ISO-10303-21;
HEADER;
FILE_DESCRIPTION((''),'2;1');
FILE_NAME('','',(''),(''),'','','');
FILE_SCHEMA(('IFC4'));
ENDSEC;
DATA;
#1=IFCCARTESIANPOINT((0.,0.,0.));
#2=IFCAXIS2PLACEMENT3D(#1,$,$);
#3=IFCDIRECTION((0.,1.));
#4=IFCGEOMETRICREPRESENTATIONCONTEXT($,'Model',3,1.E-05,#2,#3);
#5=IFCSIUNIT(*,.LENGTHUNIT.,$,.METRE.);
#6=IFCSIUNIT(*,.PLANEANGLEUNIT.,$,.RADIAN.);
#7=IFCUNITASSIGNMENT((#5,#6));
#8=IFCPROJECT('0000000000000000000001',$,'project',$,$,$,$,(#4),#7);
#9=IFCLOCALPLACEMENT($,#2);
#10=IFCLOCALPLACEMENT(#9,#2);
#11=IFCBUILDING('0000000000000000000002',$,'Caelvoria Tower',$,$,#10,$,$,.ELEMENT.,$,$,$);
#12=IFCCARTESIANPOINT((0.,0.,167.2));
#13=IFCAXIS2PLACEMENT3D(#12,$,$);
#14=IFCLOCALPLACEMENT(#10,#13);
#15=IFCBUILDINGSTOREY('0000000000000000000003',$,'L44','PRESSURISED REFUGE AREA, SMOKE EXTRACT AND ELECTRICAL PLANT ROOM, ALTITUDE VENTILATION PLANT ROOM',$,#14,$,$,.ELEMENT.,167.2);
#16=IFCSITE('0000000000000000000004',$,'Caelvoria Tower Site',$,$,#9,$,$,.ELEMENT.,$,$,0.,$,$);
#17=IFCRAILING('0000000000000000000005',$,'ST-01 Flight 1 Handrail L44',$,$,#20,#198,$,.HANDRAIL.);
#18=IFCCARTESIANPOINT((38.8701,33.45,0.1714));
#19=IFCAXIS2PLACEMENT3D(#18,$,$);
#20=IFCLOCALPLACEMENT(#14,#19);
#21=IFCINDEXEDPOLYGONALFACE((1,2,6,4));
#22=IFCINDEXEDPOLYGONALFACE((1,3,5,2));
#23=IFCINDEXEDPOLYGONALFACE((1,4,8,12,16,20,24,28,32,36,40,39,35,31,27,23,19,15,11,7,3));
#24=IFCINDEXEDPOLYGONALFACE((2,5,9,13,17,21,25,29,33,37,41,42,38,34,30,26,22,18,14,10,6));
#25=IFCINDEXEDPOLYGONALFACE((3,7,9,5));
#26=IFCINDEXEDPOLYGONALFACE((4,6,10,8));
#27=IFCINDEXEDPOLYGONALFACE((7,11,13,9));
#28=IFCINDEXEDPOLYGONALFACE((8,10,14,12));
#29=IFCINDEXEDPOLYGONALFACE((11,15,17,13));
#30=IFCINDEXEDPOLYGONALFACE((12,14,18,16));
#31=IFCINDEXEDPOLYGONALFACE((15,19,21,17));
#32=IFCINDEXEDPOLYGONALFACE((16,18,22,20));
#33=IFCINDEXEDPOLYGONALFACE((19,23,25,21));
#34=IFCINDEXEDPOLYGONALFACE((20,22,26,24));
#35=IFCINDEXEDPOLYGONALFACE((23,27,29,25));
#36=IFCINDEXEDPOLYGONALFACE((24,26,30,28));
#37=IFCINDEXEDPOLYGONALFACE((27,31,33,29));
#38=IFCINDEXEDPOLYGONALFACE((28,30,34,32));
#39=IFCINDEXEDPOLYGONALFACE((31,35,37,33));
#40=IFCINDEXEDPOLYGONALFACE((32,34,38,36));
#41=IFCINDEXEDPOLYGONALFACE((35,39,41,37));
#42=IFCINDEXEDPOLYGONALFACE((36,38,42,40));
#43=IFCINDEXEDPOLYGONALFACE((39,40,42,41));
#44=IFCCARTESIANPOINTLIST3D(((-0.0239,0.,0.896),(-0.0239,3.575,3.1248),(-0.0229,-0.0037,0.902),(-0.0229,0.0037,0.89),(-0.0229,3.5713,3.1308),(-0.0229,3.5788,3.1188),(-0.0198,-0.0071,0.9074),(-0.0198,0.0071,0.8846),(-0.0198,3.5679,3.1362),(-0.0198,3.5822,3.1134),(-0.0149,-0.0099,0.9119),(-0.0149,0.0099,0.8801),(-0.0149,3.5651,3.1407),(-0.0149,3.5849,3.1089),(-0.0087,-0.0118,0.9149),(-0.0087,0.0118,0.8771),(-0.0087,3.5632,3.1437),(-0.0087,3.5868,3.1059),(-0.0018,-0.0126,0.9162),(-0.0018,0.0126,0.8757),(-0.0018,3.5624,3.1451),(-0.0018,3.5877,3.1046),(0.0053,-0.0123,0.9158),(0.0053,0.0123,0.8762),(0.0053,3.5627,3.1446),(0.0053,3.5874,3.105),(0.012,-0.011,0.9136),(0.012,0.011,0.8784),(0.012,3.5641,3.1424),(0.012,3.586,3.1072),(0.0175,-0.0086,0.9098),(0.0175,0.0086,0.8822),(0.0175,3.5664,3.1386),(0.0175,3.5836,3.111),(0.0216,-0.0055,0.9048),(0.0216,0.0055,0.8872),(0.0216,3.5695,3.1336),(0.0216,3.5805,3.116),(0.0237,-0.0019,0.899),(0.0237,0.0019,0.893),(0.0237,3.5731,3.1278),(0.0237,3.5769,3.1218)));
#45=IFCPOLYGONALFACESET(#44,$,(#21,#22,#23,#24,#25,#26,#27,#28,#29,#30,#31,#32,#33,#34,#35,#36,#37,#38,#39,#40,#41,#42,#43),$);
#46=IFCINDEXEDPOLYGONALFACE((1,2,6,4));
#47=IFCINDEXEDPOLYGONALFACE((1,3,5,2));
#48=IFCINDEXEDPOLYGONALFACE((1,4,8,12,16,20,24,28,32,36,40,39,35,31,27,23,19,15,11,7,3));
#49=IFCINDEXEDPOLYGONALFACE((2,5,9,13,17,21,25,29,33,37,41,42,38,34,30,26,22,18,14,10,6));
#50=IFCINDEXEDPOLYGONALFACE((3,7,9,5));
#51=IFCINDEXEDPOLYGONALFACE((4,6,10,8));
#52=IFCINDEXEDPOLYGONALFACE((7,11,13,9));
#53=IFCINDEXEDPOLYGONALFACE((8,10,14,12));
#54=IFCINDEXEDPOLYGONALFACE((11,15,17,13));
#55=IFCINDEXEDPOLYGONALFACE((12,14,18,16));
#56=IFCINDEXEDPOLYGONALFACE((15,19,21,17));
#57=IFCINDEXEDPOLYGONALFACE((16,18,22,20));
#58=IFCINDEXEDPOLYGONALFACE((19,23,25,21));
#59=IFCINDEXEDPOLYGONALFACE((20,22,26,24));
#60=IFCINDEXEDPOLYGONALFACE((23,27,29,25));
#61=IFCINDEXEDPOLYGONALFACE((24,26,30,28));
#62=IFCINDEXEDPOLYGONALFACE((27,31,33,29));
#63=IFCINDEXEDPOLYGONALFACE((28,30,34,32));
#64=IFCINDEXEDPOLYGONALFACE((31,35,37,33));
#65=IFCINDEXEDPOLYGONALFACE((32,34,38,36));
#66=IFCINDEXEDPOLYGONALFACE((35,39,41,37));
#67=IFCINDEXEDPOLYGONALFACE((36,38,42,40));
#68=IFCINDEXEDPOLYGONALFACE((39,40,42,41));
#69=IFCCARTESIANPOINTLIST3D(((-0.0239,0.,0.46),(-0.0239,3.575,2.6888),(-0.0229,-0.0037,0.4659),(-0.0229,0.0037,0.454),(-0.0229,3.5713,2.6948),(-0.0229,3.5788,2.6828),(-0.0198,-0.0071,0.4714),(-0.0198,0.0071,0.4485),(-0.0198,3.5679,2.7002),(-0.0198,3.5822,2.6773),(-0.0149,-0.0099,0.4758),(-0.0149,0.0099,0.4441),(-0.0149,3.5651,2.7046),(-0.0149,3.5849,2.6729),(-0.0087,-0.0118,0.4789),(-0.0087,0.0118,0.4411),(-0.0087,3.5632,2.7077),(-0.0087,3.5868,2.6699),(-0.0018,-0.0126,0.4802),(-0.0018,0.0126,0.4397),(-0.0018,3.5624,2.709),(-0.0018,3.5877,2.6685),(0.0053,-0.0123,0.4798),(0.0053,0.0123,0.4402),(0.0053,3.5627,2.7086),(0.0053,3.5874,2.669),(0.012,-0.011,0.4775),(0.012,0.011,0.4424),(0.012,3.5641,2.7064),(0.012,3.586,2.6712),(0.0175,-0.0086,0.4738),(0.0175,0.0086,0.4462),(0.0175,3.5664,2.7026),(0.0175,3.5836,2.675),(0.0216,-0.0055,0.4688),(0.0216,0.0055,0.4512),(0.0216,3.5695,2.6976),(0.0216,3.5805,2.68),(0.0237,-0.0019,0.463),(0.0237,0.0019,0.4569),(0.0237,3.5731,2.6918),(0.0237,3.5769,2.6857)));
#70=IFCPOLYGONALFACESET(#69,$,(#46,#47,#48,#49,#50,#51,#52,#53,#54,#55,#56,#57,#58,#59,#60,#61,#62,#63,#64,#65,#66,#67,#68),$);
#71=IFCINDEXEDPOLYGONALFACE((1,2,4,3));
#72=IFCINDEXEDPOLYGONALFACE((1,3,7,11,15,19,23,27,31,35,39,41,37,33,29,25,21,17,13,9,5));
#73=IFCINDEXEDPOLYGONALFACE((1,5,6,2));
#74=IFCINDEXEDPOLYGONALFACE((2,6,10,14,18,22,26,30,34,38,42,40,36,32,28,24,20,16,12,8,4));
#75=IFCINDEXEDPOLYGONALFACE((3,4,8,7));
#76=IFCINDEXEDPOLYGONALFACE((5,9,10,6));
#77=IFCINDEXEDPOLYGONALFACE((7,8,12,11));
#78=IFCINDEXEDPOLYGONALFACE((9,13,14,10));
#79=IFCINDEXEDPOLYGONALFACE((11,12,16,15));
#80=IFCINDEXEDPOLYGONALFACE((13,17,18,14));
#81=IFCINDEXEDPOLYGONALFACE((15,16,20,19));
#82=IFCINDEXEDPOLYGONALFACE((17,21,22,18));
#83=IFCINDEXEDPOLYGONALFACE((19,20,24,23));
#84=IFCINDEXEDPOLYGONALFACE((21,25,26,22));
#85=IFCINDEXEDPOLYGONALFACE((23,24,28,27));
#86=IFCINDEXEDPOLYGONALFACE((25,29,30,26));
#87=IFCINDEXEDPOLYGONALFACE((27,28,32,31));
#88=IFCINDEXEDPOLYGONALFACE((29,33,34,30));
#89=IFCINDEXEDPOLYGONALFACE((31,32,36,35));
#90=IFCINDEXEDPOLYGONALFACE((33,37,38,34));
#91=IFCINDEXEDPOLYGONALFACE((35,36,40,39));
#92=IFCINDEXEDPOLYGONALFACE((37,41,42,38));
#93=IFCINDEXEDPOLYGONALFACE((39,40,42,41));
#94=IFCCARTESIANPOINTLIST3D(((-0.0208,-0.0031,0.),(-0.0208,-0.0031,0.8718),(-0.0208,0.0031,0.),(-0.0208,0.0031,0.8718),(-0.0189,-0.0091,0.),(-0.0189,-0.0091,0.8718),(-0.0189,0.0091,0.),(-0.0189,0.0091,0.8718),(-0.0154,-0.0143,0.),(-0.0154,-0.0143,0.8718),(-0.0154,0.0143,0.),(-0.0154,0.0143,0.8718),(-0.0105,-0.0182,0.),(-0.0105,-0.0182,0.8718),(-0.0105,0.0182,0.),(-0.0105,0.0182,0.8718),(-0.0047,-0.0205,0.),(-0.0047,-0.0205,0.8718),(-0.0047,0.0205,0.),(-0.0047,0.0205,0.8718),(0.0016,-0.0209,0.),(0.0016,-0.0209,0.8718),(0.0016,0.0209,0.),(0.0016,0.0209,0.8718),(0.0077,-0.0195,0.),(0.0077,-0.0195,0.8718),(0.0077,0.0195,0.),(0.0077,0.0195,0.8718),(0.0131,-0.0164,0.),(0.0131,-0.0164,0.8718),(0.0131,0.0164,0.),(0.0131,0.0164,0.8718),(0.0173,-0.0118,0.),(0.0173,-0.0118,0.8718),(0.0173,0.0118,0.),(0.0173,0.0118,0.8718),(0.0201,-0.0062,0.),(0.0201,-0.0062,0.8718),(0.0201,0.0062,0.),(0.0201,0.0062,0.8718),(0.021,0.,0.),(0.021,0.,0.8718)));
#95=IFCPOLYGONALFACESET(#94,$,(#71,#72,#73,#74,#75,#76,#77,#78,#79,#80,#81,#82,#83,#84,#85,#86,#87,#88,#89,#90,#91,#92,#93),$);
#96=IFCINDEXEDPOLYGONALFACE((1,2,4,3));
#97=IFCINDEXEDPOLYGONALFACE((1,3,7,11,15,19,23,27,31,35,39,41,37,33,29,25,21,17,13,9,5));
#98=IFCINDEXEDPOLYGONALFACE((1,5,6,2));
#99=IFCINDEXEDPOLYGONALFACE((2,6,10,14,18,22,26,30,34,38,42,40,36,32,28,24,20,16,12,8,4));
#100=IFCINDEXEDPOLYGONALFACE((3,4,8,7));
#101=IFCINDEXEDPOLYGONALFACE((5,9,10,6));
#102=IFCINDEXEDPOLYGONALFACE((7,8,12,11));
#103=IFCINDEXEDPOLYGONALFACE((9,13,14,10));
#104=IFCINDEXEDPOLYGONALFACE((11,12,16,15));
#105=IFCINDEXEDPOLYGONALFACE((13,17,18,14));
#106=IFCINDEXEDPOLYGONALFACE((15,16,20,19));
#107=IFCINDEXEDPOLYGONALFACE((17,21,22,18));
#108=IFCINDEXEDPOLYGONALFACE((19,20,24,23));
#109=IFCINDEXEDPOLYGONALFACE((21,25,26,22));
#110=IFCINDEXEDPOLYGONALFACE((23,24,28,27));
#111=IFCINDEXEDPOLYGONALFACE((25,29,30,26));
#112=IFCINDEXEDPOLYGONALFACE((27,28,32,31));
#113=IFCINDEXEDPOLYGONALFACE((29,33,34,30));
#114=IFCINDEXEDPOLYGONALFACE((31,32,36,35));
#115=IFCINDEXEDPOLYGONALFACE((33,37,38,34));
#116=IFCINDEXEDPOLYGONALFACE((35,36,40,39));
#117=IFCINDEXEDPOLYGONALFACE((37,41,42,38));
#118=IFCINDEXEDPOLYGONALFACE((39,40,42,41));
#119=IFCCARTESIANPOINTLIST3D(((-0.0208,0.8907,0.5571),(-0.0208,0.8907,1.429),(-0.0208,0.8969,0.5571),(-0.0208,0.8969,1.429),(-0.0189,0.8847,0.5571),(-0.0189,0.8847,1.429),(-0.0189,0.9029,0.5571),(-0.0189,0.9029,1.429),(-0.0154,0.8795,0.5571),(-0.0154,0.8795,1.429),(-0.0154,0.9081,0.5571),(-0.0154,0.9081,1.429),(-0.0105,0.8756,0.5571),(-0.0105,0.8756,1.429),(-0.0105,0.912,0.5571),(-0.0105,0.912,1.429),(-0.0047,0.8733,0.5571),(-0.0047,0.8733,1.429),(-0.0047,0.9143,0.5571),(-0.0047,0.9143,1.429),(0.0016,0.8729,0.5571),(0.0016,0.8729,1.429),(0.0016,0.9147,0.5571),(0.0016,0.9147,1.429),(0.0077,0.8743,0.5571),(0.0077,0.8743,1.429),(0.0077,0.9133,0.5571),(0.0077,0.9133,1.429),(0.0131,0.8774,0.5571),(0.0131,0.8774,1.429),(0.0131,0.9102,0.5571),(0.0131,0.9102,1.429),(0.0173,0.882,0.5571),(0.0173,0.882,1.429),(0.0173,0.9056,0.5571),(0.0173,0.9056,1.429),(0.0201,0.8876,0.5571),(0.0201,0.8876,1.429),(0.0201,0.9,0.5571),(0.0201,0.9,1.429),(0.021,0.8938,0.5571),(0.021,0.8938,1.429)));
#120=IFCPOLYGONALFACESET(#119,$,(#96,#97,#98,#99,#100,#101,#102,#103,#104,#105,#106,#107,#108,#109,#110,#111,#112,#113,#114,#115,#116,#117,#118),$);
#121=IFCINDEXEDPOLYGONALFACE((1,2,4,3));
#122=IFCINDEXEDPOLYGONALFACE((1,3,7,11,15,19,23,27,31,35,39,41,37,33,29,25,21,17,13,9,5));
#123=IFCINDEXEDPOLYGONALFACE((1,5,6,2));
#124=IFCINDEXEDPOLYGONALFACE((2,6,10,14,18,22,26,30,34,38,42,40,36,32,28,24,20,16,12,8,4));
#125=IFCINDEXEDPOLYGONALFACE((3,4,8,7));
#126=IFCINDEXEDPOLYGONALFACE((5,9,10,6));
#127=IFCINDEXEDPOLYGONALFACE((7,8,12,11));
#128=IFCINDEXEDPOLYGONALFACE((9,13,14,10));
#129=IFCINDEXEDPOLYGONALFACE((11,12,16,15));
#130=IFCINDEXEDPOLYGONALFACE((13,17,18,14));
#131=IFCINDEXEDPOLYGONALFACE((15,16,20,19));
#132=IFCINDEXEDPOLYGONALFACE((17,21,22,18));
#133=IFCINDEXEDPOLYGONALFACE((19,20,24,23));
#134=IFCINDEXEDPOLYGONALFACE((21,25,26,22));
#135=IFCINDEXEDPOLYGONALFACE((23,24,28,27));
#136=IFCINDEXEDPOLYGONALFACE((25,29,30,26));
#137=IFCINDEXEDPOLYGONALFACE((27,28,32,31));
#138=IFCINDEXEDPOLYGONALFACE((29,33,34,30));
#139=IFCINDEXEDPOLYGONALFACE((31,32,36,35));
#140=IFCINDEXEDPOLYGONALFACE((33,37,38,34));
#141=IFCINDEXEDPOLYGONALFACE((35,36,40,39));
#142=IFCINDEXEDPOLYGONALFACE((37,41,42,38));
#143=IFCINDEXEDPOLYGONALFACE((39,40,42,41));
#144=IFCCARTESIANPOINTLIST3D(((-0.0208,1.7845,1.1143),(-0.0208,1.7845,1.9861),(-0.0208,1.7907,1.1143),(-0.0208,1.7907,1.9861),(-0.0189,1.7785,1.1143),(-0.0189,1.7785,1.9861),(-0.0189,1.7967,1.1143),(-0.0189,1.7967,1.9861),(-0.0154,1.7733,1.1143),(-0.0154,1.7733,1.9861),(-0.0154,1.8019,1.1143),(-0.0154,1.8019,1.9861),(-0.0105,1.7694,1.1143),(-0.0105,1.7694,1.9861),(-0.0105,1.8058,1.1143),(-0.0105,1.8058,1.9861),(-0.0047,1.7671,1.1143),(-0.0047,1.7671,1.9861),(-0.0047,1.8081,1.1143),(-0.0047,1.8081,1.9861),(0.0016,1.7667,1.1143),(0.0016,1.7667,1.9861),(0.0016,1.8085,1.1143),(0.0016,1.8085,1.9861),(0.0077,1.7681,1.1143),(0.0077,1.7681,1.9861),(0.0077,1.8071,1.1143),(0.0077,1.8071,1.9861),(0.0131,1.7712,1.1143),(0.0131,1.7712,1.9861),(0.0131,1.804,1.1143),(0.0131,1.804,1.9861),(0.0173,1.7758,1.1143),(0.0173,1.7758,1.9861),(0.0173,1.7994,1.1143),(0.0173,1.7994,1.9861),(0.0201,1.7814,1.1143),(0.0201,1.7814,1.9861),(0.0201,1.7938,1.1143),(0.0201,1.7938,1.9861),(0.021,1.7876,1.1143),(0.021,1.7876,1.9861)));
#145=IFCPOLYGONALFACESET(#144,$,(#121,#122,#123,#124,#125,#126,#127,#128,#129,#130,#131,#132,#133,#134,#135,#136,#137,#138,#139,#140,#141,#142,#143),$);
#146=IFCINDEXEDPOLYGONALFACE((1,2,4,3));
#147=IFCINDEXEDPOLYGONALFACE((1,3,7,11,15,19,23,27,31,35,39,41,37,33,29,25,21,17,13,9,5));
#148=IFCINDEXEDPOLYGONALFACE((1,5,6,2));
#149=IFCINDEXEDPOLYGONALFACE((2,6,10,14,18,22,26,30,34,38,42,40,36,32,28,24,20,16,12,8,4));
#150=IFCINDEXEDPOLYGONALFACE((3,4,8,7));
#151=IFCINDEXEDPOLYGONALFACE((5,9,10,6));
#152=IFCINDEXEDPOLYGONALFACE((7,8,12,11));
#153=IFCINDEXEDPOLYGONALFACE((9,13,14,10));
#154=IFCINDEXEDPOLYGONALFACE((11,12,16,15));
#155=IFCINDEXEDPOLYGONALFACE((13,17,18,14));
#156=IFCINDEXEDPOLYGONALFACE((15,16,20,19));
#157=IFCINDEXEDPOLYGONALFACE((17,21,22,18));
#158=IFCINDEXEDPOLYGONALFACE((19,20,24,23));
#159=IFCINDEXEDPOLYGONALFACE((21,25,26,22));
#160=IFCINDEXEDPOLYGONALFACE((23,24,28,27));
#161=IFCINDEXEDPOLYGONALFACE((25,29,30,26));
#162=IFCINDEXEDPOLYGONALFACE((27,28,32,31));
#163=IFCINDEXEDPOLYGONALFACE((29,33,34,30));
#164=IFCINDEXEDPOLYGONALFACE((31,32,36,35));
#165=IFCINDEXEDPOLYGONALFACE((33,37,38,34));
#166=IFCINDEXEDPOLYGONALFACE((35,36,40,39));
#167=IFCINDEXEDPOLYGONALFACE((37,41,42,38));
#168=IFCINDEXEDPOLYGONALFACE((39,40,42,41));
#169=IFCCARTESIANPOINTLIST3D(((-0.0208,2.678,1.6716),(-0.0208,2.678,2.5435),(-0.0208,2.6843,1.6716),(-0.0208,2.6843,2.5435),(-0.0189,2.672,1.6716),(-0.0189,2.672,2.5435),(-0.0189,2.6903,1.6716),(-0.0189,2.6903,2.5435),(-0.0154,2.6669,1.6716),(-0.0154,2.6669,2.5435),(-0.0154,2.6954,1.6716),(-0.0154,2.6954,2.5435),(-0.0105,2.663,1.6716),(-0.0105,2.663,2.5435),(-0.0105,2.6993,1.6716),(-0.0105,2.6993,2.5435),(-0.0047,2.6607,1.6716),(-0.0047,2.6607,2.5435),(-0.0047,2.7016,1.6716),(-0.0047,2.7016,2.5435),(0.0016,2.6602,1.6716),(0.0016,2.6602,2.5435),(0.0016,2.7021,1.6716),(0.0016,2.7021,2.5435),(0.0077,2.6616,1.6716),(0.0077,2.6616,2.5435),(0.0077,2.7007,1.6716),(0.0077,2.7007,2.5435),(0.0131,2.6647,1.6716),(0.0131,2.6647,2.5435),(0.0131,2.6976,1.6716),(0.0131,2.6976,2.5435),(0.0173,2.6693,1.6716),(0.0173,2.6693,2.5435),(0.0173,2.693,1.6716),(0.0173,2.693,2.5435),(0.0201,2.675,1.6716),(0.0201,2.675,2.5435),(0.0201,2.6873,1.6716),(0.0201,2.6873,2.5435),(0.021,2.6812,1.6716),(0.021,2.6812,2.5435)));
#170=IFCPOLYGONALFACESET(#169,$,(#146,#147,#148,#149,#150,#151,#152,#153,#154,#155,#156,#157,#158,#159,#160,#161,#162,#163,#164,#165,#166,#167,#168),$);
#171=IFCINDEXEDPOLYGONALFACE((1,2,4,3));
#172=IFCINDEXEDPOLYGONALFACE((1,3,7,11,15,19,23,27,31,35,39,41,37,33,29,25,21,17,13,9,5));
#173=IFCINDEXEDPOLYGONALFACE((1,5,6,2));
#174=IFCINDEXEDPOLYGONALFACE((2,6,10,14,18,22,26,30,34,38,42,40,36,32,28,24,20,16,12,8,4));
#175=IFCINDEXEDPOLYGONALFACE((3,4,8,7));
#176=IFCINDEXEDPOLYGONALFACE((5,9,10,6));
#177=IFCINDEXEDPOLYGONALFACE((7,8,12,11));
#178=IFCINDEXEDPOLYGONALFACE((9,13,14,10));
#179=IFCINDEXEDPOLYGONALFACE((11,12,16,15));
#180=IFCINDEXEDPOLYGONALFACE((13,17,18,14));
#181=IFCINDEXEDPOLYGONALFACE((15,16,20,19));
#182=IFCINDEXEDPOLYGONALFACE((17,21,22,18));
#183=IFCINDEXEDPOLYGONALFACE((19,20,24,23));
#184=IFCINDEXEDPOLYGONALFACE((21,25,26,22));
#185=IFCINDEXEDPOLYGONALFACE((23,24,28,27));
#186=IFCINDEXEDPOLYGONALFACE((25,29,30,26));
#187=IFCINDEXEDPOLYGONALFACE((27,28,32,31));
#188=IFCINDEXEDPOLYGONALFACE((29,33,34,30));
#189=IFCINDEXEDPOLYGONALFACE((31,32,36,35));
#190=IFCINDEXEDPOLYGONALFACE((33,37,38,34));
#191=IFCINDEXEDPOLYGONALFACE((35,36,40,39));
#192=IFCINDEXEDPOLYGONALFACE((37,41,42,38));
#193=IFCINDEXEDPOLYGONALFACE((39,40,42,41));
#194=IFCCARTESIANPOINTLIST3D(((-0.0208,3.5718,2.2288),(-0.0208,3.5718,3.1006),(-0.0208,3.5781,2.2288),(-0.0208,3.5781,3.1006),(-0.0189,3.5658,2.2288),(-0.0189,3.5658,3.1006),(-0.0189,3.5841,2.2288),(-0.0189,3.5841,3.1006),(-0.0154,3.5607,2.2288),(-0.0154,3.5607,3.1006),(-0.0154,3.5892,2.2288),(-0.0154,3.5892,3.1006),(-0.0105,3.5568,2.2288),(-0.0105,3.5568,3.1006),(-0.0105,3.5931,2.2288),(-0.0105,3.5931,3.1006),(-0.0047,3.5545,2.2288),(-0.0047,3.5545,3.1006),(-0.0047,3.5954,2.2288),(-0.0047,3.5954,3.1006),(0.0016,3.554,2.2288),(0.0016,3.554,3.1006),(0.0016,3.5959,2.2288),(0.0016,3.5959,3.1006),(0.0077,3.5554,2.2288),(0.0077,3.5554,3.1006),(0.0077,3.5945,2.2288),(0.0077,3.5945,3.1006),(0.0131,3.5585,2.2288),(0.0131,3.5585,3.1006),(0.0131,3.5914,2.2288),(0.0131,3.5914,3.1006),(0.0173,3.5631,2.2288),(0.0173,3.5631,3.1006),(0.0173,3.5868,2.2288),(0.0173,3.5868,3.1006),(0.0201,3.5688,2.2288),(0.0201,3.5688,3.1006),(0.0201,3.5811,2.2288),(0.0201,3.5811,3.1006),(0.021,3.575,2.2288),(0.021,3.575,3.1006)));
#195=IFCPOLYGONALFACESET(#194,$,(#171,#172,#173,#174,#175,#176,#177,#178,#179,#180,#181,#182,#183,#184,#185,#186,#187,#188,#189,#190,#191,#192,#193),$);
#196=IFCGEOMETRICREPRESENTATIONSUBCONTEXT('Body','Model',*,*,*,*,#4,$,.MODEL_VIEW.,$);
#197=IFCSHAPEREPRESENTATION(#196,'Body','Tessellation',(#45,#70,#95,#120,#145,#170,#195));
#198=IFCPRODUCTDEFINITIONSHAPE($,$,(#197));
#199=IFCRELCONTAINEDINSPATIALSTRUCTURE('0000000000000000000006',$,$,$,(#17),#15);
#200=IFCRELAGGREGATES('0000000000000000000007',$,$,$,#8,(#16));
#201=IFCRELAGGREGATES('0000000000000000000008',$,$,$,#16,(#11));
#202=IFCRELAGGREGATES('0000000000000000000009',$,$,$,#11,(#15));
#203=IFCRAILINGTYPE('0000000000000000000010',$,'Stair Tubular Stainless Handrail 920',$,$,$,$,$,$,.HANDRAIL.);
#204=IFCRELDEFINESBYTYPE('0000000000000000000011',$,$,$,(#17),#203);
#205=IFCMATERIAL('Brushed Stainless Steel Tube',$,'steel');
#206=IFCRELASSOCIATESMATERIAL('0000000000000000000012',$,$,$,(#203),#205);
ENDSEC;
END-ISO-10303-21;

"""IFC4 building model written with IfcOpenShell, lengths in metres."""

from ifc_helpers import new_model, si_unit, direction, frame, origin, origin_2d, place, context, subcontext, project, spatial, circle, extrude, material, type_object, element, save


model = new_model("IFC4")

# Units and contexts
model_context = context("Model", 3, precision=1e-05, world=origin(), true_north=direction((0.0, 1.0)))
body_context = subcontext(model_context, "Body", "Model", "MODEL_VIEW")
ifc_project = project(units=[si_unit("LENGTHUNIT", "METRE"), si_unit("PLANEANGLEUNIT", "RADIAN")], contexts=[model_context])

# Site, building, storey
site_placement = place(None, origin())
site = spatial("IfcSite", under=ifc_project, at=site_placement, Name="Caelvoria Tower Site", CompositionType="ELEMENT", RefElevation=0.0)
building_placement = place(site_placement, origin())
building = spatial("IfcBuilding", under=site, at=building_placement, Name="Caelvoria Tower", CompositionType="ELEMENT")
storey_placement = place(building_placement, frame((0.0, 0.0, 167.2)))
storey = spatial("IfcBuildingStorey", under=building, at=storey_placement, Name="L44", Description="PRESSURISED REFUGE AREA, SMOKE EXTRACT AND ELECTRICAL PLANT ROOM, ALTITUDE VENTILATION PLANT ROOM", CompositionType="ELEMENT", Elevation=167.2)

# Railing
ifc_material_1 = material(Name="Brushed Stainless Steel Tube", Category="steel")
railing_type_1 = type_object("IfcRailingType", Name="Stair Tubular Stainless Handrail 920", PredefinedType="HANDRAIL", material=ifc_material_1)
railing_1_placement = place(storey_placement, frame((38.8701, 33.45, 0.1714)))
element("IfcRailing", 1, at=railing_1_placement, inside=storey, type_object=railing_type_1, Name="ST-01 Flight 1 Handrail L44", PredefinedType="HANDRAIL", context=body_context, shape_type="SweptSolid", body=[
    extrude(circle(Radius=0.0239, at=origin_2d()), frame((0.0, 0.0, 0.896), z_axis=(0.0, 0.848594, 0.529045), x_axis=(-1.0, 0.0, 0.0)), (0.0, 0.0, 1.0), 4.2129),
    extrude(circle(Radius=0.0239, at=origin_2d()), frame((0.0, 0.0, 0.46), z_axis=(0.0, 0.848594, 0.529045), x_axis=(-1.0, 0.0, 0.0)), (0.0, 0.0, 1.0), 4.2129),
    extrude(circle(Radius=0.021, at=origin_2d()), origin(), (0.0, 0.0, 1.0), 0.8718),
    extrude(circle(Radius=0.021, at=origin_2d()), frame((0.0, 0.8938, 0.5571)), (0.0, 0.0, 1.0), 0.8718),
    extrude(circle(Radius=0.021, at=origin_2d()), frame((0.0, 1.7876, 1.1143)), (0.0, 0.0, 1.0), 0.8718),
    extrude(circle(Radius=0.021, at=origin_2d()), frame((0.0, 2.6812, 1.6716)), (0.0, 0.0, 1.0), 0.8718),
    extrude(circle(Radius=0.021, at=origin_2d()), frame((0.0, 3.575, 2.2288)), (0.0, 0.0, 1.0), 0.8718),
])

save(model, "model.ifc")
